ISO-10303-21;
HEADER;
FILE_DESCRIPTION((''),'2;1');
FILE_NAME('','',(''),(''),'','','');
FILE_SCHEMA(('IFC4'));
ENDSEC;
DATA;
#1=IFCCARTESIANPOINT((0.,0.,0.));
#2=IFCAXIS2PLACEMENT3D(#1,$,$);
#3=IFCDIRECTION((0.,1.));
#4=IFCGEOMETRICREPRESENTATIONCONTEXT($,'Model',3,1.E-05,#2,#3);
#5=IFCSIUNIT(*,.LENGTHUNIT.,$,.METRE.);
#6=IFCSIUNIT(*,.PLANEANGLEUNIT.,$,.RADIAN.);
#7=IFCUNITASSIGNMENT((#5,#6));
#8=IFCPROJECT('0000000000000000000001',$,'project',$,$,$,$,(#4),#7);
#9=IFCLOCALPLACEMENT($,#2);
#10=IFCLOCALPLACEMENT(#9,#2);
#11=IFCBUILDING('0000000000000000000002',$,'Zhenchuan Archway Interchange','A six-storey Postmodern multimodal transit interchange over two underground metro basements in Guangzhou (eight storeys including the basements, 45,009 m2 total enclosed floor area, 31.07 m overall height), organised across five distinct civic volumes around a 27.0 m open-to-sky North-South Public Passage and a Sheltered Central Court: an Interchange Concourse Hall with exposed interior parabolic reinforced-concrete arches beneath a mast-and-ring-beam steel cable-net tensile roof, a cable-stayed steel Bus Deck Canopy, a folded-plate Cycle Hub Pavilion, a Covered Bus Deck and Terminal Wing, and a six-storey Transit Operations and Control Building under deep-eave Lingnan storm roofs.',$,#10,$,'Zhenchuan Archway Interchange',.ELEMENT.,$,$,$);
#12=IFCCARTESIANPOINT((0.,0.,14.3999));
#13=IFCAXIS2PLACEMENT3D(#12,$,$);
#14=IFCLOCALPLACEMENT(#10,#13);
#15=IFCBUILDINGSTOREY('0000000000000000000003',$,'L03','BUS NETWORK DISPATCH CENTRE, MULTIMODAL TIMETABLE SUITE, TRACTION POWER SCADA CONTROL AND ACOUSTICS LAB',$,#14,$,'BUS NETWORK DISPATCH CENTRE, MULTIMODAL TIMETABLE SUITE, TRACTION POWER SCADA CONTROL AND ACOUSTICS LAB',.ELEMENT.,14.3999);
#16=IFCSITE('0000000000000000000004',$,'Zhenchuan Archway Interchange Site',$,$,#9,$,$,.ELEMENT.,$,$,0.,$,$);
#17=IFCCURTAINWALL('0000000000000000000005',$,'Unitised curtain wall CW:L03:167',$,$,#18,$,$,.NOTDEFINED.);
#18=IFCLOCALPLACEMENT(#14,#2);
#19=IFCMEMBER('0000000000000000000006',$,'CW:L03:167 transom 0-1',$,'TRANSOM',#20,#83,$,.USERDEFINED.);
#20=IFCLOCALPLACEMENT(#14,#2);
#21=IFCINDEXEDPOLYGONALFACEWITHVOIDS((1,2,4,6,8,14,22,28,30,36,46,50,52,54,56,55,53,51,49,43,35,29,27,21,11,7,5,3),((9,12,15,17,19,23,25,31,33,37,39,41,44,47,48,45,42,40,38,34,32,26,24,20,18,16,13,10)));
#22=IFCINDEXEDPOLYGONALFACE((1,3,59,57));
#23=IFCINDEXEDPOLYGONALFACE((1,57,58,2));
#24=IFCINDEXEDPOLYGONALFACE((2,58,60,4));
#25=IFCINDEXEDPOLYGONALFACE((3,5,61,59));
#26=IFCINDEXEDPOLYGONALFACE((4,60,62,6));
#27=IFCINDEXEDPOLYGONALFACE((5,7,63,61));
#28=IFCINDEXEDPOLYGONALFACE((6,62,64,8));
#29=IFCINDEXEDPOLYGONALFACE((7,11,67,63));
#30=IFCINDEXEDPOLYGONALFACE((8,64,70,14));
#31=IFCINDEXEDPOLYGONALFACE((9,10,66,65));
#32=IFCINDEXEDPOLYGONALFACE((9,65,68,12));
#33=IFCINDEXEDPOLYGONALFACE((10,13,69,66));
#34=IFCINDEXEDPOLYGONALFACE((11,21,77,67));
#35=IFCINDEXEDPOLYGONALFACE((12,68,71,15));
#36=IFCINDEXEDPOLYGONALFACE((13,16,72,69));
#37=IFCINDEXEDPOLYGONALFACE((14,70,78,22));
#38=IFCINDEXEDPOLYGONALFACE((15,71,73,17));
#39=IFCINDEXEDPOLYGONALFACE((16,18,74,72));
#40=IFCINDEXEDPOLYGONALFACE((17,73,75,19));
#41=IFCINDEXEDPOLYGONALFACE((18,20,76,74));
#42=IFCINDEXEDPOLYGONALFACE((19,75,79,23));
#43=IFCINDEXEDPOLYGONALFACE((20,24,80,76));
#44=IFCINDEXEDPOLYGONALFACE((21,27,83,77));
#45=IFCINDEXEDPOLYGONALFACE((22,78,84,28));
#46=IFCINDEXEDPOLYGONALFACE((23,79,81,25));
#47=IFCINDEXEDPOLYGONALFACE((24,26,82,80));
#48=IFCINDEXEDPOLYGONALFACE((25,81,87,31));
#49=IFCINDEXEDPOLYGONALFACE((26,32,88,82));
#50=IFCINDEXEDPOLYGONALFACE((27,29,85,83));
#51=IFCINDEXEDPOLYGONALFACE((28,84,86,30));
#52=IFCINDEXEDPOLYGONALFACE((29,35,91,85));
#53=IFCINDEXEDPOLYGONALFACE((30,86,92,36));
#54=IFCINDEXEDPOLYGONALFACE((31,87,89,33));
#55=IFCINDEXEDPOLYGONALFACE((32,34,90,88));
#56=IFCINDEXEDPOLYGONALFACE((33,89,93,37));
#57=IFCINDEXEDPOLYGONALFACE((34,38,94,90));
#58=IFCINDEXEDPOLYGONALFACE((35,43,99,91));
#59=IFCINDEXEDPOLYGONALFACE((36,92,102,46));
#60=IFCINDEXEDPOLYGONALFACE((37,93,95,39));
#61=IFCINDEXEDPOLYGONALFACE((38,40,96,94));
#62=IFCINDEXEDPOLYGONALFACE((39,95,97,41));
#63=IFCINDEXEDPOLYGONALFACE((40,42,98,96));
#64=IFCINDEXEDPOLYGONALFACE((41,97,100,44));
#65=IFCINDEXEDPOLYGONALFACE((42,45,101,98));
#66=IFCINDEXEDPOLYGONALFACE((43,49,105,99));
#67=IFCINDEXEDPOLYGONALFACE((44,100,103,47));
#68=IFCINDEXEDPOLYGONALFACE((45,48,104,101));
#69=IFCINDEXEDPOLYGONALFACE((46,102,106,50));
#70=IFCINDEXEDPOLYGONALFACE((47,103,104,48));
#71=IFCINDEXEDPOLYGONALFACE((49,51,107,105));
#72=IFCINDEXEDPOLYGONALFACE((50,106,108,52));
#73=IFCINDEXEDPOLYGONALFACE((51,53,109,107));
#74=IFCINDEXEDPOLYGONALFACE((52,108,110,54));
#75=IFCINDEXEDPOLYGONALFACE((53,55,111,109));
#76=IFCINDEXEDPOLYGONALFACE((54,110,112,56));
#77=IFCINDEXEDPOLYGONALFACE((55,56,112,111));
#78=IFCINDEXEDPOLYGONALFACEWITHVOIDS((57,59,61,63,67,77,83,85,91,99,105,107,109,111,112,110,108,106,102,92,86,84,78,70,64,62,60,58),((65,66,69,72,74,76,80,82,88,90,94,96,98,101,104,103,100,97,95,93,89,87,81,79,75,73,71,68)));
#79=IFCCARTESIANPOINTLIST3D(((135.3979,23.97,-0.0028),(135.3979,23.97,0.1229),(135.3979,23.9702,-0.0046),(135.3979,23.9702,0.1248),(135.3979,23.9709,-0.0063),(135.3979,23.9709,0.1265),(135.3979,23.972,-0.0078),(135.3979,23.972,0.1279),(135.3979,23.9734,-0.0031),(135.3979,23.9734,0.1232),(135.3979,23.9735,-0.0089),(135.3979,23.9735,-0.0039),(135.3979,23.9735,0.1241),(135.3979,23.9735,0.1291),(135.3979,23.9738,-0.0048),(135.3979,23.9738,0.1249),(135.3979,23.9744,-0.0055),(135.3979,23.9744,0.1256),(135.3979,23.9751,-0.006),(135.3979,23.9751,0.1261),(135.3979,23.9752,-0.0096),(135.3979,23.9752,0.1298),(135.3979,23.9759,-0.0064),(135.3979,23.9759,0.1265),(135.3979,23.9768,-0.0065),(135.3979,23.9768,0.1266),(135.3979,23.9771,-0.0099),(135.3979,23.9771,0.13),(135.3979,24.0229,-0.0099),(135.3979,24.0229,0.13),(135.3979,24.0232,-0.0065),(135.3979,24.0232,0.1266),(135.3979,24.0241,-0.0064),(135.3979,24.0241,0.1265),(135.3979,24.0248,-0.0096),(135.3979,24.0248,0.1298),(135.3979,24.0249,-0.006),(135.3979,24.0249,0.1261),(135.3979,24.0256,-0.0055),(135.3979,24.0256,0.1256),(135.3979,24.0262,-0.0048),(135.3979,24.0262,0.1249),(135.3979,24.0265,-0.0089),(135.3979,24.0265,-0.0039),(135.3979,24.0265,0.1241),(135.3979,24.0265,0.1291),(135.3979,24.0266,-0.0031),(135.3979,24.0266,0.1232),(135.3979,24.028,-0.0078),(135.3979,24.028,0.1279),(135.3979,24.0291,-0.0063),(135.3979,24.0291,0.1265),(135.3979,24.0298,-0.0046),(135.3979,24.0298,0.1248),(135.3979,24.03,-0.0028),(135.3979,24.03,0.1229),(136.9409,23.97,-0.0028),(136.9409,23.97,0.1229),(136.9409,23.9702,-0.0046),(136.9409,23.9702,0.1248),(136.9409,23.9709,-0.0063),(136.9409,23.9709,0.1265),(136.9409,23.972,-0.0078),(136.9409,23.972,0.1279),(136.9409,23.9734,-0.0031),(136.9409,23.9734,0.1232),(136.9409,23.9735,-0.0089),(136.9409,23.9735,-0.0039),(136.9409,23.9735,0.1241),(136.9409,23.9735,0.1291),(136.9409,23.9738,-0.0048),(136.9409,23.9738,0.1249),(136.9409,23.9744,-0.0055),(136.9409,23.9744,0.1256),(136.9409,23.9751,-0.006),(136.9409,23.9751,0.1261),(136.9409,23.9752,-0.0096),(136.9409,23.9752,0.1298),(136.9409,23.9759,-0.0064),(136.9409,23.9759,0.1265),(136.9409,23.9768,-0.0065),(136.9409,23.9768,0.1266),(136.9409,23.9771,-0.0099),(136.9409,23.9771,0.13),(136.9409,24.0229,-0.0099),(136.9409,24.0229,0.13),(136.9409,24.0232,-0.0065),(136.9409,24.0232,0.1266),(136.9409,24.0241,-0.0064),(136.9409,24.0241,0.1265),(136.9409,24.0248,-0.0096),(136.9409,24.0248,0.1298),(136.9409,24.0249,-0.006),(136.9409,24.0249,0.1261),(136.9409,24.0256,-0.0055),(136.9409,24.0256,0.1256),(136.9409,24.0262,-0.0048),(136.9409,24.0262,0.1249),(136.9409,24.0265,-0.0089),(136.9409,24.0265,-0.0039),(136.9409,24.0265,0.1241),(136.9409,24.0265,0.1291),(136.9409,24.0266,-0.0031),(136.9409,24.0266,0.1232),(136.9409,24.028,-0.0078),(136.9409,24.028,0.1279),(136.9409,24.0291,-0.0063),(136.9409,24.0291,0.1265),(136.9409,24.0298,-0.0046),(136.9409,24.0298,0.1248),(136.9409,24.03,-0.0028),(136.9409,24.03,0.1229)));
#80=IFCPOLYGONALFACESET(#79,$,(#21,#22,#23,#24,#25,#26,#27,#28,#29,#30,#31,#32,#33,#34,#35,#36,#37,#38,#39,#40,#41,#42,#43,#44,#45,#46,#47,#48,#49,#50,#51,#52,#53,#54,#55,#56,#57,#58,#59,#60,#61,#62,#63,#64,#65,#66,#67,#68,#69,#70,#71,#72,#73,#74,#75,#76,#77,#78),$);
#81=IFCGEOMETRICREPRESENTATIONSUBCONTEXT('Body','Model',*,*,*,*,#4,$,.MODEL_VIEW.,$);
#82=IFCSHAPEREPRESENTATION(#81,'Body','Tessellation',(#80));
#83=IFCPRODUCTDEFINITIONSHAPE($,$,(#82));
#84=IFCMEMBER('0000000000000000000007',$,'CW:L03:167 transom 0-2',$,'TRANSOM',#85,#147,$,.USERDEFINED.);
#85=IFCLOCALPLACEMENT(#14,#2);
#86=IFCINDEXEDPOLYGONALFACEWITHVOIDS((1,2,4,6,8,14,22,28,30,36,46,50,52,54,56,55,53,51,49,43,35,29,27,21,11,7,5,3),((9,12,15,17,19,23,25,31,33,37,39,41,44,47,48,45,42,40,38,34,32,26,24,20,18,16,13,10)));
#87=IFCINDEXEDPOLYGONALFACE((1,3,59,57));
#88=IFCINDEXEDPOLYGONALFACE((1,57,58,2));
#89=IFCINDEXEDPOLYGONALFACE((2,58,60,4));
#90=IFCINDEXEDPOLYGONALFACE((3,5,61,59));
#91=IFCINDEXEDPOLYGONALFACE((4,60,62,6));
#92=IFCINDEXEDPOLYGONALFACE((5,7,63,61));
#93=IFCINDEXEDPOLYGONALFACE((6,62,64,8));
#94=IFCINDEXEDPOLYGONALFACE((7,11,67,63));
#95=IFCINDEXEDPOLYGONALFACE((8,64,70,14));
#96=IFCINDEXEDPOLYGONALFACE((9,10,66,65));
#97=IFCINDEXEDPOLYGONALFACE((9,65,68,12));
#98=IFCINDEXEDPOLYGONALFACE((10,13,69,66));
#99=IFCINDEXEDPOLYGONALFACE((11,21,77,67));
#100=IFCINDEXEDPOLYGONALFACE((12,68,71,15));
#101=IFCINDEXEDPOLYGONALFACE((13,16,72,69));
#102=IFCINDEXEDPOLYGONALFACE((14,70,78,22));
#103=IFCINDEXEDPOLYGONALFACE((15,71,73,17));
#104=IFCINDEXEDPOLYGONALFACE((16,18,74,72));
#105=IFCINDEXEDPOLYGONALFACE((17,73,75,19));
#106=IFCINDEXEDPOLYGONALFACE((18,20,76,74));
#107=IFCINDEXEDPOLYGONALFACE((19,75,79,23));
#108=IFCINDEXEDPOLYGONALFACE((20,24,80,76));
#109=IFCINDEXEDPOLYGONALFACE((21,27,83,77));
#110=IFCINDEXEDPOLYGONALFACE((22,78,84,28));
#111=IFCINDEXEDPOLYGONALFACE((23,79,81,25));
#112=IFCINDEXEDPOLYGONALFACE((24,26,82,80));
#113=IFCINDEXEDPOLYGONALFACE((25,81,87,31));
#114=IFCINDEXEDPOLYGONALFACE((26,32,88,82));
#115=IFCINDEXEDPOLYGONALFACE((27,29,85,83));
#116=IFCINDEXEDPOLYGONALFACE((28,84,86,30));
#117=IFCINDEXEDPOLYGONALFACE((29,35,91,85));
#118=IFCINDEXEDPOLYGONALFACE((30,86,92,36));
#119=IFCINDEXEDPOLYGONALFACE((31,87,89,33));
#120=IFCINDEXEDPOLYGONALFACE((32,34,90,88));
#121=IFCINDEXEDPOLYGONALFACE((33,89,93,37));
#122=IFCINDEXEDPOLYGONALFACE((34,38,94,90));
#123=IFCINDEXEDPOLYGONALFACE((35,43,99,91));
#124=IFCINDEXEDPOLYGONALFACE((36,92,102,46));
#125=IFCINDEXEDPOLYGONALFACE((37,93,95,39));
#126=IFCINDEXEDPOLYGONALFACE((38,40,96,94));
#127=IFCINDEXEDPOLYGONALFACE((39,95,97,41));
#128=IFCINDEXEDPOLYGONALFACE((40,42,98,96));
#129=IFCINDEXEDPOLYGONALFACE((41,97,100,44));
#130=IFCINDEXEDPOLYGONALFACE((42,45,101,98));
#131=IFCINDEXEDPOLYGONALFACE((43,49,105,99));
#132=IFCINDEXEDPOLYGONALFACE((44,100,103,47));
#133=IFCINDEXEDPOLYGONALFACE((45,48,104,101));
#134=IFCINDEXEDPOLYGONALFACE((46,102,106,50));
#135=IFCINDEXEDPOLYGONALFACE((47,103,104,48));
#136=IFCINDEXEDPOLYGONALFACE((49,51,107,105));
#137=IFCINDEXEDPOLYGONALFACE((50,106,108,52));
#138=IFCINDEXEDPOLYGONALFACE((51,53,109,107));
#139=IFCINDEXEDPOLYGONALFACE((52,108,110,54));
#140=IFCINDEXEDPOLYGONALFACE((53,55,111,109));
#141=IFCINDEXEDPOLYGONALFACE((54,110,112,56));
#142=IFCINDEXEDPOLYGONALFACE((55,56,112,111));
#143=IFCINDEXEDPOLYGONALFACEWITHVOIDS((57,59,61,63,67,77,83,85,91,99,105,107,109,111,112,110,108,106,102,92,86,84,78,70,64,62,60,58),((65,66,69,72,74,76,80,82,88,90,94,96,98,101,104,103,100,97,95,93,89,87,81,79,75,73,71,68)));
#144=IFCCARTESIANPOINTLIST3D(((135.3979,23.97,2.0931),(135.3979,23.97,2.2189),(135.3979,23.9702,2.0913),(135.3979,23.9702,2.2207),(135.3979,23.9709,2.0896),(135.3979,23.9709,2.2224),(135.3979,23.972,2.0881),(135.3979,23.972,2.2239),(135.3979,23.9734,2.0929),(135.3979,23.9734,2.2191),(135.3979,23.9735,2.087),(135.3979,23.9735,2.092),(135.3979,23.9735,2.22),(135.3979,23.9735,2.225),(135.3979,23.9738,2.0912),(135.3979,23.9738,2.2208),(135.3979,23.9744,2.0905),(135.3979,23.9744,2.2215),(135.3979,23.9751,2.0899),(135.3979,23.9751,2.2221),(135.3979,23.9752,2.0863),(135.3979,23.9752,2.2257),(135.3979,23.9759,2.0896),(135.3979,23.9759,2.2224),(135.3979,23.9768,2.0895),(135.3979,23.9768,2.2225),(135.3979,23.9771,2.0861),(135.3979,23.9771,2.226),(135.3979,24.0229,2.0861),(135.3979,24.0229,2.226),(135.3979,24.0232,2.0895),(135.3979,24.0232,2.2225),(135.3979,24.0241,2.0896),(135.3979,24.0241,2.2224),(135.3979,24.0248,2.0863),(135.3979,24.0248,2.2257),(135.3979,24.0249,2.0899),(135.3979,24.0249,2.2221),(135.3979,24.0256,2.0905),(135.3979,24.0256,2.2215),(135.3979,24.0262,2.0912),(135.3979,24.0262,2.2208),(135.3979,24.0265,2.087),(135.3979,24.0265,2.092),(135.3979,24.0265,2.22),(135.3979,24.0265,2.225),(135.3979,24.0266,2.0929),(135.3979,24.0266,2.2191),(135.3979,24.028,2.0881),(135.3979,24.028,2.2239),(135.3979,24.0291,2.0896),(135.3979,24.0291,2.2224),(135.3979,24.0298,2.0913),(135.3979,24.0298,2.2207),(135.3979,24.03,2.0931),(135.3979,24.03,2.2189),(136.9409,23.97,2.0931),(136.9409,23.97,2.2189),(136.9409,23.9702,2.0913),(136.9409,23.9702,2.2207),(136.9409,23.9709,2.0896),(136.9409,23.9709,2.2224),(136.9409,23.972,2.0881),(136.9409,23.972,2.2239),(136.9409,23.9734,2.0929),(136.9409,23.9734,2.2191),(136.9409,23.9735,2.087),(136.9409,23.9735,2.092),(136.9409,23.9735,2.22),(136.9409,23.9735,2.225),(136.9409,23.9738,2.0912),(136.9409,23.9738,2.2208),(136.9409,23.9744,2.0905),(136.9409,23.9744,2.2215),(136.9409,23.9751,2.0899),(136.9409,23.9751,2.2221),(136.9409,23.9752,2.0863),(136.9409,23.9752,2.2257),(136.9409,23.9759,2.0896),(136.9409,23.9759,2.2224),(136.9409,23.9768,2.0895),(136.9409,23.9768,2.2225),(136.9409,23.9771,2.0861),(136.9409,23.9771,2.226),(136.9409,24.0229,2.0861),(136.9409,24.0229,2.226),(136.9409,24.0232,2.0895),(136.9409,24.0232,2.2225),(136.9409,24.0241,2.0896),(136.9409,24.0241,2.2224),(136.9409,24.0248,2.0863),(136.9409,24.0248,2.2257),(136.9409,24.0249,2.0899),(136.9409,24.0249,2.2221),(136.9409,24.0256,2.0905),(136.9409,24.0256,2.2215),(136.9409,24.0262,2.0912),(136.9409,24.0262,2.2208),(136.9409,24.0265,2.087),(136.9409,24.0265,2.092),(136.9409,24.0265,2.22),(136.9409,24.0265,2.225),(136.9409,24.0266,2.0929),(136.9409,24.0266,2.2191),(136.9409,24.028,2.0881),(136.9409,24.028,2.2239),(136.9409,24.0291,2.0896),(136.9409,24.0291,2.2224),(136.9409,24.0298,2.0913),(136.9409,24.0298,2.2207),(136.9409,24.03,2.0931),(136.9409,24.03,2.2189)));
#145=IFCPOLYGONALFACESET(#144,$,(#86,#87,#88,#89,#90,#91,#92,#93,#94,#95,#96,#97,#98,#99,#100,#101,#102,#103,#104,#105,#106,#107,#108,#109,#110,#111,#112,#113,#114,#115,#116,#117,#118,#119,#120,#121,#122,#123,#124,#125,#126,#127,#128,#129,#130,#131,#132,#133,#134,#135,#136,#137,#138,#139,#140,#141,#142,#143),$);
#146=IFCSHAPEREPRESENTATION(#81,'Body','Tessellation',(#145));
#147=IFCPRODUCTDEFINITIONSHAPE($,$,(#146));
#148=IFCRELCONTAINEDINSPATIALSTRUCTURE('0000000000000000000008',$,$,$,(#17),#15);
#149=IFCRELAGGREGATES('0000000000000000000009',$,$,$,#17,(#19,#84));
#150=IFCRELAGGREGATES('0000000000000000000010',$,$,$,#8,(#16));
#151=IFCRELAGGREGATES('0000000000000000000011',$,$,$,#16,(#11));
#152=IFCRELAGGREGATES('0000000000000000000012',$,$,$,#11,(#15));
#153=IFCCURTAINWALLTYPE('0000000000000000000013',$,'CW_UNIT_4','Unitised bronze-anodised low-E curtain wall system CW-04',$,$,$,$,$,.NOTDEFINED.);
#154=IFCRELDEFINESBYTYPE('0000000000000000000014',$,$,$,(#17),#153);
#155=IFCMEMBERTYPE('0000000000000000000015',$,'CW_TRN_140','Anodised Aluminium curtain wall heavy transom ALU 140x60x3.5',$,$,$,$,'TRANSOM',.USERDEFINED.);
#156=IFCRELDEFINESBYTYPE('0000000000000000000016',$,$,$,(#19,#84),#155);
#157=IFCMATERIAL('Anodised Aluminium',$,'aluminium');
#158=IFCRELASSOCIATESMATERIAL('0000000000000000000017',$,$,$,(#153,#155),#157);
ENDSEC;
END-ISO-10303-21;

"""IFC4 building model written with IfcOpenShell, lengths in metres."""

from ifc_helpers import new_model, si_unit, direction, frame, origin, origin_2d, place, context, subcontext, project, spatial, hollow_rectangle, extrude, material, material_profile, profile_set, type_object, element, aggregate, save


model = new_model("IFC4")

# Units and contexts
model_context = context("Model", 3, precision=1e-05, world=origin(), true_north=direction((0.0, 1.0)))
body_context = subcontext(model_context, "Body", "Model", "MODEL_VIEW")
ifc_project = project(units=[si_unit("LENGTHUNIT", "METRE"), si_unit("PLANEANGLEUNIT", "RADIAN")], contexts=[model_context])

# Site, building, storey
site_placement = place(None, origin())
site = spatial("IfcSite", under=ifc_project, at=site_placement, Name="Zhenchuan Archway Interchange Site", CompositionType="ELEMENT", RefElevation=0.0)
building_placement = place(site_placement, origin())
building = spatial("IfcBuilding", under=site, at=building_placement, Name="Zhenchuan Archway Interchange", Description="A six-storey Postmodern multimodal transit interchange over two underground metro basements in Guangzhou (eight storeys including the basements, 45,009 m2 total enclosed floor area, 31.07 m overall height), organised across five distinct civic volumes around a 27.0 m open-to-sky North-South Public Passage and a Sheltered Central Court: an Interchange Concourse Hall with exposed interior parabolic reinforced-concrete arches beneath a mast-and-ring-beam steel cable-net tensile roof, a cable-stayed steel Bus Deck Canopy, a folded-plate Cycle Hub Pavilion, a Covered Bus Deck and Terminal Wing, and a six-storey Transit Operations and Control Building under deep-eave Lingnan storm roofs.", LongName="Zhenchuan Archway Interchange", CompositionType="ELEMENT")
storey_placement = place(building_placement, frame((0.0, 0.0, 14.3999)))
storey = spatial("IfcBuildingStorey", under=building, at=storey_placement, Name="L03", Description="BUS NETWORK DISPATCH CENTRE, MULTIMODAL TIMETABLE SUITE, TRACTION POWER SCADA CONTROL AND ACOUSTICS LAB", LongName="BUS NETWORK DISPATCH CENTRE, MULTIMODAL TIMETABLE SUITE, TRACTION POWER SCADA CONTROL AND ACOUSTICS LAB", CompositionType="ELEMENT", Elevation=14.3999)

# Curtain wall
ifc_material_1 = material(Name="Anodised Aluminium", Category="aluminium")
curtain_wall_type_1 = type_object("IfcCurtainWallType", Name="CW_UNIT_4", Description="Unitised bronze-anodised low-E curtain wall system CW-04", PredefinedType="NOTDEFINED", material=ifc_material_1)
curtain_wall_1_placement = place(storey_placement, origin())
curtain_wall_1 = element("IfcCurtainWall", 1, at=curtain_wall_1_placement, inside=storey, type_object=curtain_wall_type_1, Name="Unitised curtain wall CW:L03:167", PredefinedType="NOTDEFINED")

# Members
ifc_material_profile_1 = material_profile(ifc_material_1, hollow_rectangle(XDim=0.0601, YDim=0.1399, WallThickness=0.0034, InnerFilletRadius=0.0034, OuterFilletRadius=0.0071, at=origin_2d()), Name="ALU 140x60x3.5")
ifc_profile_set_1 = profile_set([ifc_material_profile_1], Name="Anodised Aluminium")
member_type_1 = type_object("IfcMemberType", Name="CW_TRN_140", Description="Anodised Aluminium curtain wall heavy transom ALU 140x60x3.5", ElementType="TRANSOM", PredefinedType="USERDEFINED", material=ifc_profile_set_1)
member_1_placement = place(storey_placement, frame((135.3979, 24.0, 0.0601), z_axis=(1.0, 0.0, 0.0), x_axis=(0.0, 1.0, 0.0)))
member_1 = element("IfcMember", 2, at=member_1_placement, type_object=member_type_1, Name="CW:L03:167 transom 0-1", ObjectType="TRANSOM", PredefinedType="USERDEFINED", context=body_context, shape_type="SweptSolid", body=[
    extrude(hollow_rectangle(XDim=0.0601, YDim=0.1399, WallThickness=0.0034, InnerFilletRadius=0.0034, OuterFilletRadius=0.0071, at=origin_2d()), origin(), (0.0, 0.0, 1.0), 1.543),
])
member_2_placement = place(storey_placement, frame((135.3979, 24.0, 2.156), z_axis=(1.0, 0.0, 0.0), x_axis=(0.0, 1.0, 0.0)))
member_2 = element("IfcMember", 3, at=member_2_placement, type_object=member_type_1, Name="CW:L03:167 transom 0-2", ObjectType="TRANSOM", PredefinedType="USERDEFINED", context=body_context, shape_type="SweptSolid", body=[
    extrude(hollow_rectangle(XDim=0.0601, YDim=0.1399, WallThickness=0.0034, InnerFilletRadius=0.0034, OuterFilletRadius=0.0071, at=origin_2d()), origin(), (0.0, 0.0, 1.0), 1.543),
])

aggregate(curtain_wall_1, [member_1, member_2])

save(model, "model.ifc")
